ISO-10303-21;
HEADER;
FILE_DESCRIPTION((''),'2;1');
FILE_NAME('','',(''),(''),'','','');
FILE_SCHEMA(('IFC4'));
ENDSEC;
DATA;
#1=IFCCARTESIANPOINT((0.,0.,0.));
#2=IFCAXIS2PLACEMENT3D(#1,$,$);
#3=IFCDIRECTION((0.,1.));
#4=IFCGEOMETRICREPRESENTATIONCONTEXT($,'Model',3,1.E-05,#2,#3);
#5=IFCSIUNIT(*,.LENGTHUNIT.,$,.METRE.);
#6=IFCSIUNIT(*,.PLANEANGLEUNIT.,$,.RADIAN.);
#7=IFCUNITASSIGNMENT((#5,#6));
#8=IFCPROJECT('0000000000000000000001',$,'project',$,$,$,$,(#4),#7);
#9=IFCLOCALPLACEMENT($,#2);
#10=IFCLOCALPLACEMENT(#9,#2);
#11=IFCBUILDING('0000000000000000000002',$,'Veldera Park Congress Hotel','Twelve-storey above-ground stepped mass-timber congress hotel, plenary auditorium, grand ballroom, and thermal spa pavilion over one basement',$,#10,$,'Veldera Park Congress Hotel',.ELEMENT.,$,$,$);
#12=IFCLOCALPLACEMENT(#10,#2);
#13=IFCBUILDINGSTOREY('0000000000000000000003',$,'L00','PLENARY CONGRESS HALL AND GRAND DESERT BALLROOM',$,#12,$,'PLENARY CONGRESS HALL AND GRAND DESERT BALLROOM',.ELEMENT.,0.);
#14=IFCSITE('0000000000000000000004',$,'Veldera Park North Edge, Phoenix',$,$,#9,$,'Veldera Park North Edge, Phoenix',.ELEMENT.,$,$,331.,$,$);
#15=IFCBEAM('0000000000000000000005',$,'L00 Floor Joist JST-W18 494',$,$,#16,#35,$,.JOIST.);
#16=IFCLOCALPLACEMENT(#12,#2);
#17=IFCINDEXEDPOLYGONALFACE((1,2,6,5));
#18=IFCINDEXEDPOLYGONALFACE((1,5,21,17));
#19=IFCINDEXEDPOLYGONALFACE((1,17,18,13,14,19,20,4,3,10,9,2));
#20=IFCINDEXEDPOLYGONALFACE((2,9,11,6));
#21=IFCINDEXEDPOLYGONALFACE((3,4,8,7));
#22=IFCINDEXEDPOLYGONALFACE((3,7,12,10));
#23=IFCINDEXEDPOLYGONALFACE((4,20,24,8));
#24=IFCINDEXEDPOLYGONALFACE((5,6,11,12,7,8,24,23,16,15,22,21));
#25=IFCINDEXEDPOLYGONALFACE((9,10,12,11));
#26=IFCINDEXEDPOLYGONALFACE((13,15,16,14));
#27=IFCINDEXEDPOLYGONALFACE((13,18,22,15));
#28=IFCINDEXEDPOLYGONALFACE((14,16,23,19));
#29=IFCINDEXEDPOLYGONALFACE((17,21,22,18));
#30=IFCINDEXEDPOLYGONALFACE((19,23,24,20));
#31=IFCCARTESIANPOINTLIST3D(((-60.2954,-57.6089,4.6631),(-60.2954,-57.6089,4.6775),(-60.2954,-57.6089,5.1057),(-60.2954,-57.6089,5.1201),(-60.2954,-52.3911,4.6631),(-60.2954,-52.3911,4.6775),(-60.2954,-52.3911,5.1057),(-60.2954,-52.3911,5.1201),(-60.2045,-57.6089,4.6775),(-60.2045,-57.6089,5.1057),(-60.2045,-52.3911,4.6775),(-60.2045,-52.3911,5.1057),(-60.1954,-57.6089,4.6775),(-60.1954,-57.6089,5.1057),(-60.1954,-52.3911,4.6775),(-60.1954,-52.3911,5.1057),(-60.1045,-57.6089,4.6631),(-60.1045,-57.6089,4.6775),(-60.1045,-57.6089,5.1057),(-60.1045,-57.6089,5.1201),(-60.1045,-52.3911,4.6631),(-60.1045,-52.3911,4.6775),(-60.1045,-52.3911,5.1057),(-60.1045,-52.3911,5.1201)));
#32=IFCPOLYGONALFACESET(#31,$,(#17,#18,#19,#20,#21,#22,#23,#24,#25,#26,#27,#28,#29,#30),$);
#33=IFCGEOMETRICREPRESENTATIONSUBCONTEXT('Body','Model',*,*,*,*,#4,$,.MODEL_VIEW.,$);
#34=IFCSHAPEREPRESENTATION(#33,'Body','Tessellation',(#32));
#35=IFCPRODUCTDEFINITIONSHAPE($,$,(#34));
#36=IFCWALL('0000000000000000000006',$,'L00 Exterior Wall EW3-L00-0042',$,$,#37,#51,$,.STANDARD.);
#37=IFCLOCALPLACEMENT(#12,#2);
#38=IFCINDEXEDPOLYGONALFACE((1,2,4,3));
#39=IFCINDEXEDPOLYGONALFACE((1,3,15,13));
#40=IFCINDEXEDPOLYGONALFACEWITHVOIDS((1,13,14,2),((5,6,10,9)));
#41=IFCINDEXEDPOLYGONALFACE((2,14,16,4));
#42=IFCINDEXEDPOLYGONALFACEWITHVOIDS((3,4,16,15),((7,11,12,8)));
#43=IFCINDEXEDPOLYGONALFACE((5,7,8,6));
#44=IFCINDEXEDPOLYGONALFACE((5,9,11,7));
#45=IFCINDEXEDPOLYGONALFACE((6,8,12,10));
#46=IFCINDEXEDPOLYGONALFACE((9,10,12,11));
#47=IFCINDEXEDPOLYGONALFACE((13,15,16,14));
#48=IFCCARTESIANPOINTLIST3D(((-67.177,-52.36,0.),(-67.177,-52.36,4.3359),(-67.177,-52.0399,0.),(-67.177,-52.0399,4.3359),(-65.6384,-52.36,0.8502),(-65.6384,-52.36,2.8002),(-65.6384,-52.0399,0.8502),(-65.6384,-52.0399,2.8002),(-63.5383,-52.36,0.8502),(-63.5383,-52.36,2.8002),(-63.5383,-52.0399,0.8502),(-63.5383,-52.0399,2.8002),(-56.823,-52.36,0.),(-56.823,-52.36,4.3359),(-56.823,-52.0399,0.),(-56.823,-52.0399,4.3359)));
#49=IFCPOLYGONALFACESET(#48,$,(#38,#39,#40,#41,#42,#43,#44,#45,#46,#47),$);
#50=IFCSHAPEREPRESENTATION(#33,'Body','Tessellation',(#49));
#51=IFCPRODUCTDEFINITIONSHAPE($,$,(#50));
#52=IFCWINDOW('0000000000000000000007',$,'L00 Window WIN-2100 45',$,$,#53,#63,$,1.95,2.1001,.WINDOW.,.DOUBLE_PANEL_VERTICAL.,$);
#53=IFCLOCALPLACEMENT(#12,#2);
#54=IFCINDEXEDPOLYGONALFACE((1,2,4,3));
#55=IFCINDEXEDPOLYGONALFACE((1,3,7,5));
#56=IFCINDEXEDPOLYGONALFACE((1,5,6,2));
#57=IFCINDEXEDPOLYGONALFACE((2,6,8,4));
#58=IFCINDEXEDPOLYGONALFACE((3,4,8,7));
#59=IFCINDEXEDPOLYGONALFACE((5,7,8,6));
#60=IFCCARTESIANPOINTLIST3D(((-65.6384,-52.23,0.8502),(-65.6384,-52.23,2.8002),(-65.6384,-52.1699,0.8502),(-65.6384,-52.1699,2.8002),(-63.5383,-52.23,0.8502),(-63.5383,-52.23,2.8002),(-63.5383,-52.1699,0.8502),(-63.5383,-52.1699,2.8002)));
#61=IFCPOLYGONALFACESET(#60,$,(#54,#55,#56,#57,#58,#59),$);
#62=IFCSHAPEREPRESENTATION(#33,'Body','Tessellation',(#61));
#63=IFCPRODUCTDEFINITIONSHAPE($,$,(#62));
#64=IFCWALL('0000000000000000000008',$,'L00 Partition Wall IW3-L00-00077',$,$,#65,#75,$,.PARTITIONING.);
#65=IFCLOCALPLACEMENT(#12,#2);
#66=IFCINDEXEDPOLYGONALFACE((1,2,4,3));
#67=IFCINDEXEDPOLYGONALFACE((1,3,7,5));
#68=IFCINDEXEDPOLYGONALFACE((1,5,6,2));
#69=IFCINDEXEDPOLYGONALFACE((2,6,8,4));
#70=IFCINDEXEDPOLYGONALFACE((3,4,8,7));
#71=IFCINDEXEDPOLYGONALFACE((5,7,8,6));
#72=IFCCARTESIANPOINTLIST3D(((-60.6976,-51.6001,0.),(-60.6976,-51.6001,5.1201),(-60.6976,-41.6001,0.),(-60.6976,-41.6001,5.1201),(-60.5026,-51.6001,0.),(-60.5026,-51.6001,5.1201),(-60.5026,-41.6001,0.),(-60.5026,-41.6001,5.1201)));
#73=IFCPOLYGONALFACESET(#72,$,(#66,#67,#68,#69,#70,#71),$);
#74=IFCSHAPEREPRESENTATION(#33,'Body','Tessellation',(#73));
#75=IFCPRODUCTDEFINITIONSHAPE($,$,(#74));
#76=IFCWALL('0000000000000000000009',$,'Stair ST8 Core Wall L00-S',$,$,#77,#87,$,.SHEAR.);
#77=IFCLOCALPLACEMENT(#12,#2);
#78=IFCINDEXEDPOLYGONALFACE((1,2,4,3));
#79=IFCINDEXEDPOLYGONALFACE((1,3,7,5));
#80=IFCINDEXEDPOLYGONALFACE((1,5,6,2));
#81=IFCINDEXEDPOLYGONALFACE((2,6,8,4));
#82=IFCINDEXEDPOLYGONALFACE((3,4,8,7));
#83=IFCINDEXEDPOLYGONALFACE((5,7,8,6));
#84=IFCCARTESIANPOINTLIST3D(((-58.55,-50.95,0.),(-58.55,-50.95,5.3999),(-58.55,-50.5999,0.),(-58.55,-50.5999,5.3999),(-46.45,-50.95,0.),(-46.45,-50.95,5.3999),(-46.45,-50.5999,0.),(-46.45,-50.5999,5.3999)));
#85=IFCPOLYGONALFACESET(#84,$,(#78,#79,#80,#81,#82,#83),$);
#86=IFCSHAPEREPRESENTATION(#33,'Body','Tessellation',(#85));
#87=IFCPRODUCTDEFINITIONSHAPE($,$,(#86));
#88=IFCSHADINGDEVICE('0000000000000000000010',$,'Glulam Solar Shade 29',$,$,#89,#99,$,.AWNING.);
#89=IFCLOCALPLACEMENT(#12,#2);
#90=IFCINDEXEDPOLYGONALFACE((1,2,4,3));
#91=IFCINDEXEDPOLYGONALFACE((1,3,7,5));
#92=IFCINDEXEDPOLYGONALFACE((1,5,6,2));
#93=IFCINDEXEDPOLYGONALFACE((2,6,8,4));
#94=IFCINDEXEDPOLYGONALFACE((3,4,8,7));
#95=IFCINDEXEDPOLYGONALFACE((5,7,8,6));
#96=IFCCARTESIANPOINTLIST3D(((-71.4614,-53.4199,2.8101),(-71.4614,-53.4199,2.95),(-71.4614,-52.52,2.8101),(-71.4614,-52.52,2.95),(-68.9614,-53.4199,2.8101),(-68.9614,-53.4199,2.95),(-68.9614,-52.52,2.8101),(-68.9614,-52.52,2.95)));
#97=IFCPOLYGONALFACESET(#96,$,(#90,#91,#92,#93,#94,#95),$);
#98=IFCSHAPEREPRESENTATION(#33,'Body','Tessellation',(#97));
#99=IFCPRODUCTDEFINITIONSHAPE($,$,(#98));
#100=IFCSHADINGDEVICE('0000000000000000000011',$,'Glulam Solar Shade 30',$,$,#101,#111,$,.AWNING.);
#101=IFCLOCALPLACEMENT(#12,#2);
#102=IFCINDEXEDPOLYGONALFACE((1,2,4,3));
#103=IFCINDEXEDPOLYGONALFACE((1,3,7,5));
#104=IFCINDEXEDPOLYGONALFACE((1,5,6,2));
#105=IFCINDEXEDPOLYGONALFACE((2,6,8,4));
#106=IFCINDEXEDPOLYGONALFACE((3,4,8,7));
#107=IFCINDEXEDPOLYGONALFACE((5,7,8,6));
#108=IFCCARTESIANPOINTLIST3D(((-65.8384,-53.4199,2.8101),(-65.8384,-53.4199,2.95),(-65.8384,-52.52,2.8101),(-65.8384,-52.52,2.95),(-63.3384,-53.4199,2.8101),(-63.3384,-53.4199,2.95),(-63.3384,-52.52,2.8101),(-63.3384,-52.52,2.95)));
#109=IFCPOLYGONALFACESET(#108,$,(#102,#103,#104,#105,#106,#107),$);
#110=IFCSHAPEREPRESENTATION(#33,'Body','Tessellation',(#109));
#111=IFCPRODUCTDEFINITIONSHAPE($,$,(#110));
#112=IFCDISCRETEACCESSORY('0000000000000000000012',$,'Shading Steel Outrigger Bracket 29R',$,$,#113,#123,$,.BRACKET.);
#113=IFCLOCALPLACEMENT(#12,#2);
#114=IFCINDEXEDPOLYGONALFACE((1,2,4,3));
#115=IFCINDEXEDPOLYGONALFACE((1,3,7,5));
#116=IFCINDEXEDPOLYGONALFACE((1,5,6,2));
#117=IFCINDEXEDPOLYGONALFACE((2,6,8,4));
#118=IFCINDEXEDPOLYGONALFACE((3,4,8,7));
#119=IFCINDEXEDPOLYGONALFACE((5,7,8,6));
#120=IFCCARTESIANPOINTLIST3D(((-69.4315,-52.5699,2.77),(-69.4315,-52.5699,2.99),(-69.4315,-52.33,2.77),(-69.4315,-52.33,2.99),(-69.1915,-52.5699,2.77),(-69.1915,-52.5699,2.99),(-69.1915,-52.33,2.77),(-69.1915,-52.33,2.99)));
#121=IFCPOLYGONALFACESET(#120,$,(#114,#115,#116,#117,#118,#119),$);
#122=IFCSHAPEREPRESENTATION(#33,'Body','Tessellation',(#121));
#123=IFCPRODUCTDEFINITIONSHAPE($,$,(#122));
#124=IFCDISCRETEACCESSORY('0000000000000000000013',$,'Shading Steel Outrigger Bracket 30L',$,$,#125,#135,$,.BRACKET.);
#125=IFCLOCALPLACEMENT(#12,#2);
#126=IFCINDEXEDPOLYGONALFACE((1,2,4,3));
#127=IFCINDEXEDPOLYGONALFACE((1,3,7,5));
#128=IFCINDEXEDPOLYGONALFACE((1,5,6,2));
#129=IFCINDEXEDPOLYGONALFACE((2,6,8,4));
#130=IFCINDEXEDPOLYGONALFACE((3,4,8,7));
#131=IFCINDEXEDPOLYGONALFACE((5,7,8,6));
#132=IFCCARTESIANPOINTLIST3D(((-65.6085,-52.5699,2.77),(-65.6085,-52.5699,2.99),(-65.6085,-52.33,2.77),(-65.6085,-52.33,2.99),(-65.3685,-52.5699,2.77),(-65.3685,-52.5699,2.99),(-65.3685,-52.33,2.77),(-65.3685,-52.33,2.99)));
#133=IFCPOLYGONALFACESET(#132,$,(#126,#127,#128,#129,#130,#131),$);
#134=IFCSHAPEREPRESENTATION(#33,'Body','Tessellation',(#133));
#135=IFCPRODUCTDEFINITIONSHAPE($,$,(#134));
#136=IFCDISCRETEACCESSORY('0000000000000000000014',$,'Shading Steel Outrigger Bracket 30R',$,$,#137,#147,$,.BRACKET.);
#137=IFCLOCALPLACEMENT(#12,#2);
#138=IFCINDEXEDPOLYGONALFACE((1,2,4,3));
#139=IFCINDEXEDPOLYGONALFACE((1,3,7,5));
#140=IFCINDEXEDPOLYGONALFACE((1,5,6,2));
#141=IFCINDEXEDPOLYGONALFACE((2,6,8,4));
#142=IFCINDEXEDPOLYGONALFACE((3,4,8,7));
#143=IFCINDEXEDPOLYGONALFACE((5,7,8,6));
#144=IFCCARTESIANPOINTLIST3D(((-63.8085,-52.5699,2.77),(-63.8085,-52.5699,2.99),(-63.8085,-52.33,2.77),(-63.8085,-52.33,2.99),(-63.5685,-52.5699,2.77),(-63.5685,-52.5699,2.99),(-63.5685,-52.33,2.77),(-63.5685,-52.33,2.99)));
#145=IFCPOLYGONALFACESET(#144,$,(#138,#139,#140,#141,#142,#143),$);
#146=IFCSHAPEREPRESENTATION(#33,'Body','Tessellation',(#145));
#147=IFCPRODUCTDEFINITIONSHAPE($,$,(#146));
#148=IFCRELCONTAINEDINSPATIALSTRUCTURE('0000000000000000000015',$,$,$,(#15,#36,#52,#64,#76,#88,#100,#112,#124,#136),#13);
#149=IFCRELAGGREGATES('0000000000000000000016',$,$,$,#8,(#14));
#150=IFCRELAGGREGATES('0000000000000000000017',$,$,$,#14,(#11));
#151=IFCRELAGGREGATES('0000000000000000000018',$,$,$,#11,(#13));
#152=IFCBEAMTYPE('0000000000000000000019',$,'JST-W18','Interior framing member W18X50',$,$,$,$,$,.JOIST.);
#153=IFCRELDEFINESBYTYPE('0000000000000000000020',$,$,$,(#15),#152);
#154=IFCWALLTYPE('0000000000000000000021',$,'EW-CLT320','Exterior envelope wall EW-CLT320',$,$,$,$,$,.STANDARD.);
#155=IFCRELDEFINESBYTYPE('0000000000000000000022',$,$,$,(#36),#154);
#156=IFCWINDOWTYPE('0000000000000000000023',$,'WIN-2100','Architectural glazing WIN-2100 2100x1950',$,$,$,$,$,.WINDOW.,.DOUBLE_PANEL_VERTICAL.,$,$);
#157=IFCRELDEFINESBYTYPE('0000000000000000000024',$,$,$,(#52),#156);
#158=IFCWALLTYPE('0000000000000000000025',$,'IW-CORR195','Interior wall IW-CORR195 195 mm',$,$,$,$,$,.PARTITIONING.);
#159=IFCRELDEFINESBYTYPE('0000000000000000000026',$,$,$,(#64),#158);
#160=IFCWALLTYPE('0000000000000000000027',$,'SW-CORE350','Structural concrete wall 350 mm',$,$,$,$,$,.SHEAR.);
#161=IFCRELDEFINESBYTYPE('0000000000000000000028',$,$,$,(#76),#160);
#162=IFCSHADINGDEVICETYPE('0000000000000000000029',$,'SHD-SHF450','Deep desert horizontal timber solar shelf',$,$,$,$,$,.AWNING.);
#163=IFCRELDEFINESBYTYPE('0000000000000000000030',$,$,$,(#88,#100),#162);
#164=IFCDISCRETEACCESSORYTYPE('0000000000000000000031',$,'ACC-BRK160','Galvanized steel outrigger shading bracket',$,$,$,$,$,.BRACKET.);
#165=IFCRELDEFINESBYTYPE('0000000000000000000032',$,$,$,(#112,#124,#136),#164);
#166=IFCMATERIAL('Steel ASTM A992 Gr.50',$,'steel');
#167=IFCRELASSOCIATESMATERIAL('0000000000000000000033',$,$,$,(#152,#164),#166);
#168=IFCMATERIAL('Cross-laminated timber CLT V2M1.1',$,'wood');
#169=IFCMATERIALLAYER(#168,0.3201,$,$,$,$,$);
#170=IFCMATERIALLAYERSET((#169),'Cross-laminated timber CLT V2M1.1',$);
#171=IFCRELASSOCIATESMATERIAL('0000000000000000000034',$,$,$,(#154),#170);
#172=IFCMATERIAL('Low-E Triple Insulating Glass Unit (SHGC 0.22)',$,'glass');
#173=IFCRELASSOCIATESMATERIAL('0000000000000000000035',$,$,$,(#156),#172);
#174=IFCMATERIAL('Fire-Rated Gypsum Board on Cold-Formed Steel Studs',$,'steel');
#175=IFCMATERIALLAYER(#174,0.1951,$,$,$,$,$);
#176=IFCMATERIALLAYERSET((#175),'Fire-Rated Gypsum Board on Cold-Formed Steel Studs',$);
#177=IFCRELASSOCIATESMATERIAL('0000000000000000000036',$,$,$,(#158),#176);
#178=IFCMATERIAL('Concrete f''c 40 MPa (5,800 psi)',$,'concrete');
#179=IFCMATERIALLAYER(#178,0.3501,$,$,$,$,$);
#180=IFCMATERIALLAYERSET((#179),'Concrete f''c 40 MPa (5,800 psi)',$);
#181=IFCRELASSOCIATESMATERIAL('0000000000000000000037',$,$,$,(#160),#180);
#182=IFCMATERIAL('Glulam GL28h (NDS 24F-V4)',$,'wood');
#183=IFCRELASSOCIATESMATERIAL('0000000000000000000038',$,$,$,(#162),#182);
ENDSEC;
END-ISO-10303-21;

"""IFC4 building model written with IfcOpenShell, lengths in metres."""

from ifc_helpers import new_model, si_unit, direction, frame, frame_2d, origin, origin_2d, place, context, subcontext, project, spatial, rectangle, i_section, extrude, material, layer, layer_set, material_profile, profile_set, type_object, element, fill, save


model = new_model("IFC4")

# Units and contexts
model_context = context("Model", 3, precision=1e-05, world=origin(), true_north=direction((0.0, 1.0)))
body_context = subcontext(model_context, "Body", "Model", "MODEL_VIEW")
ifc_project = project(units=[si_unit("LENGTHUNIT", "METRE"), si_unit("PLANEANGLEUNIT", "RADIAN")], contexts=[model_context])

# Site, building, storey
site_placement = place(None, origin())
site = spatial("IfcSite", under=ifc_project, at=site_placement, Name="Veldera Park North Edge, Phoenix", LongName="Veldera Park North Edge, Phoenix", CompositionType="ELEMENT", RefElevation=331.0)
building_placement = place(site_placement, origin())
building = spatial("IfcBuilding", under=site, at=building_placement, Name="Veldera Park Congress Hotel", Description="Twelve-storey above-ground stepped mass-timber congress hotel, plenary auditorium, grand ballroom, and thermal spa pavilion over one basement", LongName="Veldera Park Congress Hotel", CompositionType="ELEMENT")
storey_placement = place(building_placement, origin())
storey = spatial("IfcBuildingStorey", under=building, at=storey_placement, Name="L00", Description="PLENARY CONGRESS HALL AND GRAND DESERT BALLROOM", LongName="PLENARY CONGRESS HALL AND GRAND DESERT BALLROOM", CompositionType="ELEMENT", Elevation=0.0)

# Shared definitions
ifc_material_1 = material(Name="Concrete f'c 40 MPa (5,800 psi)", Category="concrete")

# Shared definitions
ifc_material_2 = material(Name="Glulam GL28h (NDS 24F-V4)", Category="wood")

# Beam
ifc_material_3 = material(Name="Steel ASTM A992 Gr.50", Category="steel")
ifc_material_profile_1 = material_profile(ifc_material_3, i_section(OverallWidth=0.1909, OverallDepth=0.457, WebThickness=0.009, FlangeThickness=0.0144, at=origin_2d()), Name="W18X50")
ifc_profile_set_1 = profile_set([ifc_material_profile_1], Name="Steel ASTM A992 Gr.50")
beam_type_1 = type_object("IfcBeamType", Name="JST-W18", Description="Interior framing member W18X50", PredefinedType="JOIST", material=ifc_profile_set_1)
for number, where, z_axis, x_axis, name in (
    (1, (-60.2, -57.6089, 4.8916), (0.0, 1.0, 0.0), (-1.0, 0.0, 0.0), "L00 Floor Joist JST-W18 494"),
):
    element("IfcBeam", number, at=place(storey_placement, frame(where, z_axis=z_axis, x_axis=x_axis)), inside=storey, type_object=beam_type_1, Name=name, PredefinedType="JOIST", context=body_context, shape_type="SweptSolid", body=[
        extrude(i_section(OverallWidth=0.1909, OverallDepth=0.457, WebThickness=0.009, FlangeThickness=0.0144, at=origin_2d()), origin(), (0.0, 0.0, 1.0), 5.2178),
    ])

# Wall, opening, window
ifc_material_4 = material(Name="Cross-laminated timber CLT V2M1.1", Category="wood")
ifc_layer_1 = layer(ifc_material_4, 0.3201)
ifc_layer_set_1 = layer_set([ifc_layer_1], Name="Cross-laminated timber CLT V2M1.1")
wall_type_1 = type_object("IfcWallType", Name="EW-CLT320", Description="Exterior envelope wall EW-CLT320", PredefinedType="STANDARD", material=ifc_layer_set_1)
wall_1_placement = place(storey_placement, frame((-67.177, -52.2, 0.0), z_axis=(0.0, 0.0, 1.0), x_axis=(1.0, 0.0, 0.0)))
wall_1 = element("IfcWall", 2, at=wall_1_placement, inside=storey, type_object=wall_type_1, Name="L00 Exterior Wall EW3-L00-0042", PredefinedType="STANDARD", context=body_context, shape_type="SweptSolid", body=[
    extrude(rectangle(XDim=10.354, YDim=0.3201, at=frame_2d((5.177, 0.0))), origin(), (0.0, 0.0, 1.0), 4.3359),
])
opening_placement = place(wall_1_placement, frame((1.5386, 0.0, 0.8501)))
opening = element("IfcOpeningElement", 3, at=opening_placement, cuts=wall_1, PredefinedType="OPENING", context=body_context, shape_type="SweptSolid", body=[
    extrude(rectangle(XDim=2.1001, YDim=1.95, at=frame_2d((1.05, 0.9751))), frame((0.0, 0.1721, 0.0), z_axis=(0.0, -1.0, 0.0), x_axis=(1.0, 0.0, 0.0)), (0.0, 0.0, 1.0), 0.344),
])
ifc_material_5 = material(Name="Low-E Triple Insulating Glass Unit (SHGC 0.22)", Category="glass")
window_type = type_object("IfcWindowType", Name="WIN-2100", Description="Architectural glazing WIN-2100 2100x1950", PartitioningType="DOUBLE_PANEL_VERTICAL", PredefinedType="WINDOW", material=ifc_material_5)
window_placement = place(opening_placement, origin())
window = element("IfcWindow", 4, at=window_placement, inside=storey, type_object=window_type, Name="L00 Window WIN-2100 45", OverallHeight=1.95, OverallWidth=2.1001, PartitioningType="DOUBLE_PANEL_VERTICAL", PredefinedType="WINDOW", context=body_context, shape_type="SweptSolid", body=[
    extrude(rectangle(XDim=2.1001, YDim=1.95, at=frame_2d((1.05, 0.9751))), frame((0.0, 0.03, 0.0), z_axis=(0.0, -1.0, 0.0), x_axis=(1.0, 0.0, 0.0)), (0.0, 0.0, 1.0), 0.0601),
])
fill(opening, window)

# Walls
ifc_material_6 = material(Name="Fire-Rated Gypsum Board on Cold-Formed Steel Studs", Category="steel")
ifc_layer_2 = layer(ifc_material_6, 0.1951)
ifc_layer_set_2 = layer_set([ifc_layer_2], Name="Fire-Rated Gypsum Board on Cold-Formed Steel Studs")
wall_type_2 = type_object("IfcWallType", Name="IW-CORR195", Description="Interior wall IW-CORR195 195 mm", PredefinedType="PARTITIONING", material=ifc_layer_set_2)
wall_2_placement = place(storey_placement, frame((-60.6001, -51.6001, 0.0), z_axis=(0.0, 0.0, 1.0), x_axis=(0.0, 1.0, 0.0)))
element("IfcWall", 5, at=wall_2_placement, inside=storey, type_object=wall_type_2, Name="L00 Partition Wall IW3-L00-00077", PredefinedType="PARTITIONING", context=body_context, shape_type="SweptSolid", body=[
    extrude(rectangle(XDim=10.0, YDim=0.1951, at=frame_2d((5.0, 0.0))), origin(), (0.0, 0.0, 1.0), 5.1201),
])
ifc_layer_3 = layer(ifc_material_1, 0.3501)
ifc_layer_set_3 = layer_set([ifc_layer_3], Name="Concrete f'c 40 MPa (5,800 psi)")
wall_type_3 = type_object("IfcWallType", Name="SW-CORE350", Description="Structural concrete wall 350 mm", PredefinedType="SHEAR", material=ifc_layer_set_3)
wall_3_placement = place(storey_placement, frame((-58.55, -50.7749, 0.0), z_axis=(0.0, 0.0, 1.0), x_axis=(1.0, 0.0, 0.0)))
element("IfcWall", 6, at=wall_3_placement, inside=storey, type_object=wall_type_3, Name="Stair ST8 Core Wall L00-S", PredefinedType="SHEAR", context=body_context, shape_type="SweptSolid", body=[
    extrude(rectangle(XDim=12.1001, YDim=0.3501, at=frame_2d((6.05, 0.0))), origin(), (0.0, 0.0, 1.0), 5.3999),
])

# Shading devices
shading_device_type = type_object("IfcShadingDeviceType", Name="SHD-SHF450", Description="Deep desert horizontal timber solar shelf", PredefinedType="AWNING", material=ifc_material_2)
for number, where, z_axis, x_axis, name in (
    (7, (-70.2114, -52.97, 2.8101), (0.0, 0.0, 1.0), (1.0, 0.0, 0.0), "Glulam Solar Shade 29"),
    (8, (-64.5884, -52.97, 2.8101), (0.0, 0.0, 1.0), (1.0, 0.0, 0.0), "Glulam Solar Shade 30"),
):
    element("IfcShadingDevice", number, at=place(storey_placement, frame(where, z_axis=z_axis, x_axis=x_axis)), inside=storey, type_object=shading_device_type, Name=name, PredefinedType="AWNING", context=body_context, shape_type="SweptSolid", body=[
        extrude(rectangle(XDim=2.5, YDim=0.8999, at=origin_2d()), origin(), (0.0, 0.0, 1.0), 0.1399),
    ])

# Discrete accessories
discrete_accessory_type = type_object("IfcDiscreteAccessoryType", Name="ACC-BRK160", Description="Galvanized steel outrigger shading bracket", PredefinedType="BRACKET", material=ifc_material_3)
for number, where, z_axis, x_axis, name in (
    (9, (-69.3115, -52.45, 2.77), (0.0, 0.0, 1.0), (1.0, 0.0, 0.0), "Shading Steel Outrigger Bracket 29R"),
    (10, (-65.4885, -52.45, 2.77), (0.0, 0.0, 1.0), (1.0, 0.0, 0.0), "Shading Steel Outrigger Bracket 30L"),
    (11, (-63.6885, -52.45, 2.77), (0.0, 0.0, 1.0), (1.0, 0.0, 0.0), "Shading Steel Outrigger Bracket 30R"),
):
    element("IfcDiscreteAccessory", number, at=place(storey_placement, frame(where, z_axis=z_axis, x_axis=x_axis)), inside=storey, type_object=discrete_accessory_type, Name=name, PredefinedType="BRACKET", context=body_context, shape_type="SweptSolid", body=[
        extrude(rectangle(XDim=0.24, YDim=0.24, at=origin_2d()), origin(), (0.0, 0.0, 1.0), 0.22),
    ])

save(model, "model.ifc")
